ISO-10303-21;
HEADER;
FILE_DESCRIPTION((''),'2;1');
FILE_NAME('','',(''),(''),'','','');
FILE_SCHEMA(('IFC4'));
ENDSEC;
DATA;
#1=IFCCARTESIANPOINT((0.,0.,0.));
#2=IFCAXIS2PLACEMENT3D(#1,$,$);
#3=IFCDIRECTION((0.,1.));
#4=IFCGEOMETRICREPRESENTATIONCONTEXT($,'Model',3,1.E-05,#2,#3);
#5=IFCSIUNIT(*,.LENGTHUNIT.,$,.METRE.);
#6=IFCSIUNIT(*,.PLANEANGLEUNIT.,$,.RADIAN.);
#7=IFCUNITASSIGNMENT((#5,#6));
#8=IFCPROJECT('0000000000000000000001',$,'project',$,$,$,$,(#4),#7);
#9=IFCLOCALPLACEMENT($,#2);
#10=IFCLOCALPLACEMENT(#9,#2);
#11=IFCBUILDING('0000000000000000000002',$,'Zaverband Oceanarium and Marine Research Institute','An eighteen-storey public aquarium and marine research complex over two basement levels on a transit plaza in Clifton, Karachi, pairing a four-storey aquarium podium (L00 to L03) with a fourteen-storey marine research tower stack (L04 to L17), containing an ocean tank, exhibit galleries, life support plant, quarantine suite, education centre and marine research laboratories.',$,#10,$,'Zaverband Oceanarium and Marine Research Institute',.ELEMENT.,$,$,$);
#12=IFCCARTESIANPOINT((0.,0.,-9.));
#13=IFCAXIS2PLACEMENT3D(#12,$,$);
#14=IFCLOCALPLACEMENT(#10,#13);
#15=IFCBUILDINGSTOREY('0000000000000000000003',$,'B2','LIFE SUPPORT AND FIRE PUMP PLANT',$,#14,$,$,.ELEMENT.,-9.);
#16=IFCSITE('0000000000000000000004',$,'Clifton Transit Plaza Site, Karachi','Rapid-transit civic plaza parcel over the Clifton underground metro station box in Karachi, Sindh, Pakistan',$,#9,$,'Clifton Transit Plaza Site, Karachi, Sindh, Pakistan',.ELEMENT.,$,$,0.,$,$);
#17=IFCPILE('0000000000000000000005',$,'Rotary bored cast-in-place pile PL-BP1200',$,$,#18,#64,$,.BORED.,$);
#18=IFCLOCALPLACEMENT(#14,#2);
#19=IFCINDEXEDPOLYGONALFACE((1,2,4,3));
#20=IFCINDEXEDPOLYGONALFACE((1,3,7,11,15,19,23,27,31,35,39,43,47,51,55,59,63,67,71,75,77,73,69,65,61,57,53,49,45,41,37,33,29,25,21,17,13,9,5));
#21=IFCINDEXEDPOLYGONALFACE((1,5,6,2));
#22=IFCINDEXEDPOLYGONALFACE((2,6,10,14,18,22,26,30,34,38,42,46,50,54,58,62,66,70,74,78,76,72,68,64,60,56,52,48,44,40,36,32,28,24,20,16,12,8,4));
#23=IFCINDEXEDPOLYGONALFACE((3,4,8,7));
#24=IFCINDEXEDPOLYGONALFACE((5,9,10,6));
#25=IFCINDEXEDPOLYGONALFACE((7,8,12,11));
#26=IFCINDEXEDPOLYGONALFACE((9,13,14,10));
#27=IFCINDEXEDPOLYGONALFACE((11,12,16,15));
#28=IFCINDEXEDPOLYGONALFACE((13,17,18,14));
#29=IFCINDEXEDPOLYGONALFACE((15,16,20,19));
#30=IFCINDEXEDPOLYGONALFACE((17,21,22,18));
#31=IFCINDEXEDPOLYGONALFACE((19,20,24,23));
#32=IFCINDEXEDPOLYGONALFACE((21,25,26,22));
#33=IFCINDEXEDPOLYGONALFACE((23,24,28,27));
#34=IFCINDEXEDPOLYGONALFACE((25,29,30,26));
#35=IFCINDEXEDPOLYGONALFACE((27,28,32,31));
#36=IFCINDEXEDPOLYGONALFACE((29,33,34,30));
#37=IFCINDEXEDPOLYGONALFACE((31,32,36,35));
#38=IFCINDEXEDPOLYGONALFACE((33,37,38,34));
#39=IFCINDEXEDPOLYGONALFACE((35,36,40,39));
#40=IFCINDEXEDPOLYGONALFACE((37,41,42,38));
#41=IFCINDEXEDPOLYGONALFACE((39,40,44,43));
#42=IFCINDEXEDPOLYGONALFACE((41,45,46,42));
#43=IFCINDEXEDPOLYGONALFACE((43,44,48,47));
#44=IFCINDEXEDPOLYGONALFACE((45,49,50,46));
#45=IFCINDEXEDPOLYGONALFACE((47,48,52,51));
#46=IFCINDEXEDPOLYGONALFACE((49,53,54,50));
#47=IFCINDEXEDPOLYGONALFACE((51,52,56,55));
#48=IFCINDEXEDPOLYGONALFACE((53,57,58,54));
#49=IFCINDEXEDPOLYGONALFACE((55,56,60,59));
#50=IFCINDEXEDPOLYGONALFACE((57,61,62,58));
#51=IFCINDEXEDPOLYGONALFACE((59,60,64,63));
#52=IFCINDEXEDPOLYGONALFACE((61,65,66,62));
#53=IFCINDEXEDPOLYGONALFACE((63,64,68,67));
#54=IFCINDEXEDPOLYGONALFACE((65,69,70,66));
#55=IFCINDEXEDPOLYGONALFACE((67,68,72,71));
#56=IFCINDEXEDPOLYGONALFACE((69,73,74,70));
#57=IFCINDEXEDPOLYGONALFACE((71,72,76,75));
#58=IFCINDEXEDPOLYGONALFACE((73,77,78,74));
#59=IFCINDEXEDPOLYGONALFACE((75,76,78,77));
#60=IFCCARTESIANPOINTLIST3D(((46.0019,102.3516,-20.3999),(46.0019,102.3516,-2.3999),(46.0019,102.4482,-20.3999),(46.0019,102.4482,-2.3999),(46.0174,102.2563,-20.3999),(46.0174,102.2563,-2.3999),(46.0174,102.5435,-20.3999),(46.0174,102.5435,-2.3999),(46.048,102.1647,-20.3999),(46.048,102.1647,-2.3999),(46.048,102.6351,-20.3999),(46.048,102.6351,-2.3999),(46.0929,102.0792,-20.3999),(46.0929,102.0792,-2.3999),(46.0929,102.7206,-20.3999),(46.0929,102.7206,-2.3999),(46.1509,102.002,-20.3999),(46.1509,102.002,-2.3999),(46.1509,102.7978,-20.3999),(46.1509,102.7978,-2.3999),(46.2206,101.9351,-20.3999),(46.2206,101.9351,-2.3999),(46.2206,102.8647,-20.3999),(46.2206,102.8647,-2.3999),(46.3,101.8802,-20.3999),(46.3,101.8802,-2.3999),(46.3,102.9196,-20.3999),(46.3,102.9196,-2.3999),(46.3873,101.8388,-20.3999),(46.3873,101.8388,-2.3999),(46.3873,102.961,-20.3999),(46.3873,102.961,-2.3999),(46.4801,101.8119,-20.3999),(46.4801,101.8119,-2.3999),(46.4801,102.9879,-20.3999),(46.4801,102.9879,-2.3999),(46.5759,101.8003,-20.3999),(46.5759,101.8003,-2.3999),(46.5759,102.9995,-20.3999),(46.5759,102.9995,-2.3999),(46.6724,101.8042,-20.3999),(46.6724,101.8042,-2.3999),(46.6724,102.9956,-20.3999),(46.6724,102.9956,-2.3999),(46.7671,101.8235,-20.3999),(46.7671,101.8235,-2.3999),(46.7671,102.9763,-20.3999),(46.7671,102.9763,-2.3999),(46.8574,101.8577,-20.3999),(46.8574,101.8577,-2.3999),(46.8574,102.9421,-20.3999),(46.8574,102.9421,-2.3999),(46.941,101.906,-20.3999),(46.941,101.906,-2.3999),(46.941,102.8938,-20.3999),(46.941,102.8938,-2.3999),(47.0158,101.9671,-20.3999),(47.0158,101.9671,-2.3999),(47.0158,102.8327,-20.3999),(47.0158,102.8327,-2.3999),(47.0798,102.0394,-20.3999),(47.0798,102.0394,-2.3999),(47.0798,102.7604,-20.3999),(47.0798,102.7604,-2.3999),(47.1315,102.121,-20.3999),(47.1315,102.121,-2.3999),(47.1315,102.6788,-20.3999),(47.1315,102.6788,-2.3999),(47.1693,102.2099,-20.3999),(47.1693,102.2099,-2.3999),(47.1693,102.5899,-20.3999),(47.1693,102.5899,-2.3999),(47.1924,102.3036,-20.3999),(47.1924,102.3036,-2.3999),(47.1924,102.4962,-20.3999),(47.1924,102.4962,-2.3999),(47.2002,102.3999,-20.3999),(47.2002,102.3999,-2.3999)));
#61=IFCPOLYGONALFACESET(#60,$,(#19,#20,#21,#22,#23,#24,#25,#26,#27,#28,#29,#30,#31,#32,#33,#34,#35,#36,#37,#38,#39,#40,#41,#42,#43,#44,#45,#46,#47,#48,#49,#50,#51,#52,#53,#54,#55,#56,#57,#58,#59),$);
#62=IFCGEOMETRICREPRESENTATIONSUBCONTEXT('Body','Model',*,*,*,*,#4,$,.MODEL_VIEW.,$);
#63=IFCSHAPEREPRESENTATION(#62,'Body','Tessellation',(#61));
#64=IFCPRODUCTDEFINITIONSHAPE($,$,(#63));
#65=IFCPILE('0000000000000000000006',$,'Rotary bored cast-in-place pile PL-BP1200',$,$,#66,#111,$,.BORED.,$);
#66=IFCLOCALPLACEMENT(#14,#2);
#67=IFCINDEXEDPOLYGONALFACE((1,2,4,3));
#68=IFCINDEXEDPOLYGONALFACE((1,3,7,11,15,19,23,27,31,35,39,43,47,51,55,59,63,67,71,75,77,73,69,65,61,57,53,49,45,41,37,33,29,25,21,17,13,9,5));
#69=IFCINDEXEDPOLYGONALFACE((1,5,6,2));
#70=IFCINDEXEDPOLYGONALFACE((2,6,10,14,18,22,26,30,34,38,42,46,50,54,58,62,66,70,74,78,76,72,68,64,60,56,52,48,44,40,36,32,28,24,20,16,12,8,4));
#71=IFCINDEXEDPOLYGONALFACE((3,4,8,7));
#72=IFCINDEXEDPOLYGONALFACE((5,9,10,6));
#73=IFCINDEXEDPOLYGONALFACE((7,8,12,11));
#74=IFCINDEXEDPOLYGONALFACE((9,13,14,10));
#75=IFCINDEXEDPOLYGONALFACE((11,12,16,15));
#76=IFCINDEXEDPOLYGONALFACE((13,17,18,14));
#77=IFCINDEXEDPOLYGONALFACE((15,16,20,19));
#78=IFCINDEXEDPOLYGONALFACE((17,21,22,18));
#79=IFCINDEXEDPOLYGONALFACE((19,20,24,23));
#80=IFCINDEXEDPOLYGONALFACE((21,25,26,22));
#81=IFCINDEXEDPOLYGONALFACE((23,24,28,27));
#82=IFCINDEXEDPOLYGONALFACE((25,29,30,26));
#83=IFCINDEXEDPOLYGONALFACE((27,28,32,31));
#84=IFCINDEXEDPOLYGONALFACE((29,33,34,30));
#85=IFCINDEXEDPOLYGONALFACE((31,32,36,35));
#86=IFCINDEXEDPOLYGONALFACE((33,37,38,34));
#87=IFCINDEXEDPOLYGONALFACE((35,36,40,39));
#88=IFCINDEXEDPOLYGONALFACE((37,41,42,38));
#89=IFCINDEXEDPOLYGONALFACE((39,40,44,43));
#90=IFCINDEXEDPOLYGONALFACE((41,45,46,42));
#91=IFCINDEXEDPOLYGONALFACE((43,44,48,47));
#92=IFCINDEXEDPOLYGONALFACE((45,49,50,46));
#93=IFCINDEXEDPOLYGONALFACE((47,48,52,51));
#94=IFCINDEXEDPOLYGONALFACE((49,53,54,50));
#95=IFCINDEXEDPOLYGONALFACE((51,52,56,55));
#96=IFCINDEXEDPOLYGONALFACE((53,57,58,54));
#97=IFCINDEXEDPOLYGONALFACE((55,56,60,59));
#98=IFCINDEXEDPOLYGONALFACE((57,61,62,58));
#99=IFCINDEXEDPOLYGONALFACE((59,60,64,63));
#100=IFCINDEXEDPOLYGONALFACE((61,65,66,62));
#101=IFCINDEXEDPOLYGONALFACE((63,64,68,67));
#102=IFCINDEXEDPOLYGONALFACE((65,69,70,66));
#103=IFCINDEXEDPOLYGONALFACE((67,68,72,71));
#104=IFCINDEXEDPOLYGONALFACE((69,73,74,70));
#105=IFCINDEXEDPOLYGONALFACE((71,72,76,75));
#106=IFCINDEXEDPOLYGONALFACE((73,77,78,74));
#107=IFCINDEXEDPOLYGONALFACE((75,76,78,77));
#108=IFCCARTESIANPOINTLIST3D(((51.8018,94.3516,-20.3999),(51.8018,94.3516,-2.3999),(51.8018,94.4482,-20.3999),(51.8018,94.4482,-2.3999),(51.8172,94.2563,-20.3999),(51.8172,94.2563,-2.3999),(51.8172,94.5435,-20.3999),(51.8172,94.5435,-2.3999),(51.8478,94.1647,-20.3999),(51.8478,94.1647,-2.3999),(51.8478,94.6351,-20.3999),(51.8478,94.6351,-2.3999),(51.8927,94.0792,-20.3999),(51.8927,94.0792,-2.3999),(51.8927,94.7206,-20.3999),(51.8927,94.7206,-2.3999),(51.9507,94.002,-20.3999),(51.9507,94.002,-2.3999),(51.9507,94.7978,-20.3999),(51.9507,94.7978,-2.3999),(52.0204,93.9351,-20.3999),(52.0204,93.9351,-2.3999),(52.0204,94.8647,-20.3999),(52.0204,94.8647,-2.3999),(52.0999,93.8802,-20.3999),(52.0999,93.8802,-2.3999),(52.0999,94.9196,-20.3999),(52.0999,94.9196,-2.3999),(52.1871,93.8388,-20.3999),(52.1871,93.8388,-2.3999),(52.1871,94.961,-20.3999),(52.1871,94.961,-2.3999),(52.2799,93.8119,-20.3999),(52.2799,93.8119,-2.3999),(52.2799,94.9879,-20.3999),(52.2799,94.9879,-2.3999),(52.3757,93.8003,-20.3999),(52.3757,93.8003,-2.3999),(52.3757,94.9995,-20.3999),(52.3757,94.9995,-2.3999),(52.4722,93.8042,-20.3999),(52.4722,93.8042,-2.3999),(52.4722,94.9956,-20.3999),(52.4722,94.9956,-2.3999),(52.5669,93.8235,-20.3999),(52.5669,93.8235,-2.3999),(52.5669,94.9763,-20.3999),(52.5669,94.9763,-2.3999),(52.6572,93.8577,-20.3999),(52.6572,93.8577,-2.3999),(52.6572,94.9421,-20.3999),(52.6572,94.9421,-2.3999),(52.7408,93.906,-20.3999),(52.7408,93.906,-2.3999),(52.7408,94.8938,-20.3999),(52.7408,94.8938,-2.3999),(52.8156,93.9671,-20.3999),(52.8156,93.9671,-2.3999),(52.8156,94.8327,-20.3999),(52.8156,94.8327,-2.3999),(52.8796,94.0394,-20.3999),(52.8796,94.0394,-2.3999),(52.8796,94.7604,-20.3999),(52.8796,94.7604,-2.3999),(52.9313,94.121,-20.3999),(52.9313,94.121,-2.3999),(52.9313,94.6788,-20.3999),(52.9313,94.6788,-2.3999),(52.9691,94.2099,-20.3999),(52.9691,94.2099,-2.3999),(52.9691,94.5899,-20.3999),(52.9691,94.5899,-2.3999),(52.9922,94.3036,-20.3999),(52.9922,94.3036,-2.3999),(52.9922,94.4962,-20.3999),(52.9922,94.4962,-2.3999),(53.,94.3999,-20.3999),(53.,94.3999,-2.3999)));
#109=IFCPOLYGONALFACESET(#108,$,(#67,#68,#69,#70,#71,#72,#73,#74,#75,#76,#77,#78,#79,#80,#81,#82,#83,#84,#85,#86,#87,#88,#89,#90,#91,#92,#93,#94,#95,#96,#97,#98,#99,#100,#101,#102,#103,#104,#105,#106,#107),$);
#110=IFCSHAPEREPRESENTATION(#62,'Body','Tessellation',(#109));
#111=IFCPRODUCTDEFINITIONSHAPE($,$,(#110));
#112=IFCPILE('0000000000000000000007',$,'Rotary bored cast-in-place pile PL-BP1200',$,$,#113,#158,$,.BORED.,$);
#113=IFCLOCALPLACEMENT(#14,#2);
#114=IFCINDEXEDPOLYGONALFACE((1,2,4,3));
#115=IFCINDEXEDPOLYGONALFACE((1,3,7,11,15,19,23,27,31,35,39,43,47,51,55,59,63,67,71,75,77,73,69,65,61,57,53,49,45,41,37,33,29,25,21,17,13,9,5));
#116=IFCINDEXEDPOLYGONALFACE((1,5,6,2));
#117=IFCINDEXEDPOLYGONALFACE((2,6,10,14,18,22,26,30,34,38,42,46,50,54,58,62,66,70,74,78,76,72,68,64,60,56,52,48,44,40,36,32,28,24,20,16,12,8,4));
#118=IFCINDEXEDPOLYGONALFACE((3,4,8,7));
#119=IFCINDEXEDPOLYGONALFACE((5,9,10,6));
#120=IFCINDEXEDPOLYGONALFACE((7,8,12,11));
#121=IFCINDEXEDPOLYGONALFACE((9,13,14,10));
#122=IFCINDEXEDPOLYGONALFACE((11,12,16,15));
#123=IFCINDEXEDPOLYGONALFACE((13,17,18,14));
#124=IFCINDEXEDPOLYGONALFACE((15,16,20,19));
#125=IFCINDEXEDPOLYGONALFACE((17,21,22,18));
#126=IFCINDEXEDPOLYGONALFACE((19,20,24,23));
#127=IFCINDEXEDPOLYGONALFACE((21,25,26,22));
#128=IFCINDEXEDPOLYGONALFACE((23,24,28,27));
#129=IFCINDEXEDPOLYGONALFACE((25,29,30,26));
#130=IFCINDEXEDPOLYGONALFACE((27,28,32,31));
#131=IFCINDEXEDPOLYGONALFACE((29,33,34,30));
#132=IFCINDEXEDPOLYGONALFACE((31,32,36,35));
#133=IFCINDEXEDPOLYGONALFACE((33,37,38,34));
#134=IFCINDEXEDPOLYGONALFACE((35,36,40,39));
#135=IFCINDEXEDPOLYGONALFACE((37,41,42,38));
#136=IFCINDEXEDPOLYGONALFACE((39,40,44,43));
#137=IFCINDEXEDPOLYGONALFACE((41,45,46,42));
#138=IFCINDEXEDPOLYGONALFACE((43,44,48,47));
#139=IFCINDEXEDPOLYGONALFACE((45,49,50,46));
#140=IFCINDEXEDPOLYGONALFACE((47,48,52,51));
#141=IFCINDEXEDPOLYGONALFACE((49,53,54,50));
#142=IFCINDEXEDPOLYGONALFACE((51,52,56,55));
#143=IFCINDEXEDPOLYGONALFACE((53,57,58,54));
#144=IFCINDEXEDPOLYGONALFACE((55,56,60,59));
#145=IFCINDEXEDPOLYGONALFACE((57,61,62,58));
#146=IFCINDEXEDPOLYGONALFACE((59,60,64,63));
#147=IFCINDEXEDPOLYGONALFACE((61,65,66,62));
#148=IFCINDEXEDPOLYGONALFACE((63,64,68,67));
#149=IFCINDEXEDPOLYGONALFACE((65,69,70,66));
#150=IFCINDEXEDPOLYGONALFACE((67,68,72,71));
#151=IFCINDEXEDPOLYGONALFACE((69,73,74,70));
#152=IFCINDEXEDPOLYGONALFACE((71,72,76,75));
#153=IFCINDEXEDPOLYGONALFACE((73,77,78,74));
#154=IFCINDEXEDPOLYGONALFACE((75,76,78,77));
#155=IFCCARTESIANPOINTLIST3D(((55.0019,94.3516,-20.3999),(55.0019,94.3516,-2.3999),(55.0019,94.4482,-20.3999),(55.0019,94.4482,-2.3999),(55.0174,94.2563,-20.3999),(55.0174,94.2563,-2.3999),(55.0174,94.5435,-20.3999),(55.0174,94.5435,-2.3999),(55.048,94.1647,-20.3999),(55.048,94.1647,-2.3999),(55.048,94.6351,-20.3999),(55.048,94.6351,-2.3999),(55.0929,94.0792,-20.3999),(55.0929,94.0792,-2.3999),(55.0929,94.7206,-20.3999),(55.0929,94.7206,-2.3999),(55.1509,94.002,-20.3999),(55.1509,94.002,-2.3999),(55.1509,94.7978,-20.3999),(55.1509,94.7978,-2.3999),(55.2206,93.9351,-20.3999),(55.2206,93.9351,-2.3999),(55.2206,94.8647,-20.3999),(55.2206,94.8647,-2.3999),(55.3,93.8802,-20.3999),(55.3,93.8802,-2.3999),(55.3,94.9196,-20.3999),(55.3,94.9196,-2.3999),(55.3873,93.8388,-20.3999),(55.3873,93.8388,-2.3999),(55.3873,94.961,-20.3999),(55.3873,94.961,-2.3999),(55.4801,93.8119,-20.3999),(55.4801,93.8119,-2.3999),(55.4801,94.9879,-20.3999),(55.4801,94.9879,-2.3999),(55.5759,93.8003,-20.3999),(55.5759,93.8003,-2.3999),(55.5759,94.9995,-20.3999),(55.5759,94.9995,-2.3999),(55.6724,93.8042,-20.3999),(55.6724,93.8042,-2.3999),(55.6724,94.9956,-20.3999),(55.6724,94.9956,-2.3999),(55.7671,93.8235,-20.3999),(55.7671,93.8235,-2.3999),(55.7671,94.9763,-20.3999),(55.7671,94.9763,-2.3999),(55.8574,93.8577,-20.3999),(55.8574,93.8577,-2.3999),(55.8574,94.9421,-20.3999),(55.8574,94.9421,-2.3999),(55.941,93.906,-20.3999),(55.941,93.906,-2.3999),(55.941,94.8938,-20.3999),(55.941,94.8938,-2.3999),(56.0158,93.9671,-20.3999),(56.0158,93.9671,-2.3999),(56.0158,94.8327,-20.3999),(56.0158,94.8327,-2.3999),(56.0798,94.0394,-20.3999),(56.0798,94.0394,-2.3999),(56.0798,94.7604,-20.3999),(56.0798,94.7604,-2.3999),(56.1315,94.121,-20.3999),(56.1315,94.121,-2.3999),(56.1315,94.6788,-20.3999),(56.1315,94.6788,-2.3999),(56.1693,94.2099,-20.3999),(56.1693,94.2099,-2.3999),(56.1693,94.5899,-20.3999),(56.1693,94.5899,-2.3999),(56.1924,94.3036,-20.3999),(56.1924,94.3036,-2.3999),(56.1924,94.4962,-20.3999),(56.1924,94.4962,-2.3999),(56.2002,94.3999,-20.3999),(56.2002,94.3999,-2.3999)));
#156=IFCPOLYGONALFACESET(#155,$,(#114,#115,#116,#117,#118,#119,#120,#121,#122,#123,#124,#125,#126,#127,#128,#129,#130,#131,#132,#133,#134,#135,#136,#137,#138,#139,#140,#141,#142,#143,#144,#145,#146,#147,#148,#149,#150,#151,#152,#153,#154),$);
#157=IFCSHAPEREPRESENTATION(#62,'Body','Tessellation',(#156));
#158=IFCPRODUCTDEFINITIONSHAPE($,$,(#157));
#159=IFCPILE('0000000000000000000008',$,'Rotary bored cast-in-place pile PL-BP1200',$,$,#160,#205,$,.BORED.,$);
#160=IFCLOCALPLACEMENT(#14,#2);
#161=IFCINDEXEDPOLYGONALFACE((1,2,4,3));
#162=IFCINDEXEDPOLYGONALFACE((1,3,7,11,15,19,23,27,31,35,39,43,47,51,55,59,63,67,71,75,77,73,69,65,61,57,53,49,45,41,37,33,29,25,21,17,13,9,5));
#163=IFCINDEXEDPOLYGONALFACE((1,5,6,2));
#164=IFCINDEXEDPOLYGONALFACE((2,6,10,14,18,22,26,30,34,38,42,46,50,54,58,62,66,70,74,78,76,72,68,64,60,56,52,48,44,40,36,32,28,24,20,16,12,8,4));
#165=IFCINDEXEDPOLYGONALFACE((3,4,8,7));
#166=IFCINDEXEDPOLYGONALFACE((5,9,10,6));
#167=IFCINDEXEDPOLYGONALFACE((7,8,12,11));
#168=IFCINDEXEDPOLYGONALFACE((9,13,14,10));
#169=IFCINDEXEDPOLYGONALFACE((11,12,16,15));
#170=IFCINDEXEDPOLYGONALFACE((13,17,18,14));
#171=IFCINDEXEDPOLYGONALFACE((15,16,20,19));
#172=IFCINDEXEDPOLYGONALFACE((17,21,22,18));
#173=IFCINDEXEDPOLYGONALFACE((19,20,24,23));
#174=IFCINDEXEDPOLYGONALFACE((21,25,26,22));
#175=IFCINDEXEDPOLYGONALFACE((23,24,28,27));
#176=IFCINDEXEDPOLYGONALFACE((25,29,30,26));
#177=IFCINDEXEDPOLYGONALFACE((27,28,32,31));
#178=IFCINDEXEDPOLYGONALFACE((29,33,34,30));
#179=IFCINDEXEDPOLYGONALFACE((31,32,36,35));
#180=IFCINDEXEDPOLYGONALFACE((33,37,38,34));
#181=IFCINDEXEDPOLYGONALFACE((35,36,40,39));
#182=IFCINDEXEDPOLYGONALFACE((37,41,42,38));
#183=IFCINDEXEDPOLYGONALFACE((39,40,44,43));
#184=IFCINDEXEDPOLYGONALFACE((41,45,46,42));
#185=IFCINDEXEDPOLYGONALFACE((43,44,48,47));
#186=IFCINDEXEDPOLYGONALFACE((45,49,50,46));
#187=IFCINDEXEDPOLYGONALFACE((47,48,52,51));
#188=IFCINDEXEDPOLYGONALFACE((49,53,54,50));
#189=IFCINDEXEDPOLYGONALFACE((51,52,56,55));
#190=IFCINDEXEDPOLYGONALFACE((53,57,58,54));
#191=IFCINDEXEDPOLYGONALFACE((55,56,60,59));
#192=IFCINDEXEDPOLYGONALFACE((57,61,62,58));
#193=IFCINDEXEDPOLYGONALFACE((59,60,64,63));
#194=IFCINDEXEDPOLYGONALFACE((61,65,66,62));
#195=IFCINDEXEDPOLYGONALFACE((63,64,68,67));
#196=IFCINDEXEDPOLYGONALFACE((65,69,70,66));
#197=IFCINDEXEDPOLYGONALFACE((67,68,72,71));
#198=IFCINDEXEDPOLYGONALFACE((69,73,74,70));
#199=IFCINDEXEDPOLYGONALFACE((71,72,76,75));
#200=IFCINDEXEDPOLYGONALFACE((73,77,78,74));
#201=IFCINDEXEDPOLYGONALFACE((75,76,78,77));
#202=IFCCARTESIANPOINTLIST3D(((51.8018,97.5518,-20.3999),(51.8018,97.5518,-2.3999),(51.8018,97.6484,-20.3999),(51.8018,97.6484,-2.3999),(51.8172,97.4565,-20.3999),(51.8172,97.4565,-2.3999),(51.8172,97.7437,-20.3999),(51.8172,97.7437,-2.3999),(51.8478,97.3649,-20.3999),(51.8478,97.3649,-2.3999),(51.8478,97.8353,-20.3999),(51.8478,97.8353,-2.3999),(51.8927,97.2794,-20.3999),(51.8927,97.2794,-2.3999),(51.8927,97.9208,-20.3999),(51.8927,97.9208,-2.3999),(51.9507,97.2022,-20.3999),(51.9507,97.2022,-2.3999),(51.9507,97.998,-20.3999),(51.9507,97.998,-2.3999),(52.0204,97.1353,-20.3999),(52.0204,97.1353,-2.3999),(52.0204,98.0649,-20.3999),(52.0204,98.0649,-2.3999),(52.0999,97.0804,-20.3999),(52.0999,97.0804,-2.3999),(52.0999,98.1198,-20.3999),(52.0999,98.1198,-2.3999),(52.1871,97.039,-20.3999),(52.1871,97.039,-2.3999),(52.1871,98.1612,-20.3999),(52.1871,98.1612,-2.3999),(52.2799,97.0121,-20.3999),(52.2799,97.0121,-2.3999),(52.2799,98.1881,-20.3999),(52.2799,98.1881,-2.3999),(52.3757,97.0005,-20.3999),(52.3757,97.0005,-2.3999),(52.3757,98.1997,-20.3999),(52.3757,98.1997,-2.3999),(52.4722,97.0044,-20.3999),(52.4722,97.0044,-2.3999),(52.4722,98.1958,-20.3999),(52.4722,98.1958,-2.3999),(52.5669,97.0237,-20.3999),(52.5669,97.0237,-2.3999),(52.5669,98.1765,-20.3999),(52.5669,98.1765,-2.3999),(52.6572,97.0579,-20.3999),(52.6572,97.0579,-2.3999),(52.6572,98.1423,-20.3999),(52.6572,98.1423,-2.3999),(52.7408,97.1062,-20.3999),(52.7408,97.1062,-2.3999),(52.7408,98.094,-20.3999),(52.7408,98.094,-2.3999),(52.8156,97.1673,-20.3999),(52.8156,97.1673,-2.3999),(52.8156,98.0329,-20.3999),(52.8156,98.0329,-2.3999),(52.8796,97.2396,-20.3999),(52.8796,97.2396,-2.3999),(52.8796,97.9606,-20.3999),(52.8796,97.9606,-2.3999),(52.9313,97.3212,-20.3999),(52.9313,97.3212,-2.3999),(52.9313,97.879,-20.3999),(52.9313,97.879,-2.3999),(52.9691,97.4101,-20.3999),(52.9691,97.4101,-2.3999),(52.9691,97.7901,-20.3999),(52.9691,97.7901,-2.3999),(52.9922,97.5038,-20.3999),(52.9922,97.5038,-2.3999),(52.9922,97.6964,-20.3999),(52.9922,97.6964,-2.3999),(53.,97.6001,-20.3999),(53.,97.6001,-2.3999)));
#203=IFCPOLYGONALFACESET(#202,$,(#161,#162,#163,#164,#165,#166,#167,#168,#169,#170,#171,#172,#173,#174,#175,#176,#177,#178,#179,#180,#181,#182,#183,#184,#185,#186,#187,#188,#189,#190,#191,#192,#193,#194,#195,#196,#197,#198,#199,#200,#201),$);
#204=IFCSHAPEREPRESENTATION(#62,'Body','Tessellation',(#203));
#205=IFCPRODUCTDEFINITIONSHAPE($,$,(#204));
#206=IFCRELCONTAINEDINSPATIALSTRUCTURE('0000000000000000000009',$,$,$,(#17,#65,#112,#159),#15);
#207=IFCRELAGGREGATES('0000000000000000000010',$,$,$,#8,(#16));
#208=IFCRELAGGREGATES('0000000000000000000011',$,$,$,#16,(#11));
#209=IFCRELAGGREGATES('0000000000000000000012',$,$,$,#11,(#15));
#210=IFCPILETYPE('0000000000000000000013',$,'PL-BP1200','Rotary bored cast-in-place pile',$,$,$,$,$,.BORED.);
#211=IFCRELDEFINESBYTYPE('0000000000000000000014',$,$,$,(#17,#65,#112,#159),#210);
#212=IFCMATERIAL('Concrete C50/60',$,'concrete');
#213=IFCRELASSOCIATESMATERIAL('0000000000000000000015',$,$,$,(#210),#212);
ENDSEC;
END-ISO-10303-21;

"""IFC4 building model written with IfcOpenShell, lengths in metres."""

from ifc_helpers import new_model, si_unit, direction, frame, origin, origin_2d, place, context, subcontext, project, spatial, circle, extrude, material, material_profile, profile_set, type_object, element, save


model = new_model("IFC4")

# Units and contexts
model_context = context("Model", 3, precision=1e-05, world=origin(), true_north=direction((0.0, 1.0)))
body_context = subcontext(model_context, "Body", "Model", "MODEL_VIEW")
ifc_project = project(units=[si_unit("LENGTHUNIT", "METRE"), si_unit("PLANEANGLEUNIT", "RADIAN")], contexts=[model_context])

# Site, building, storey
site_placement = place(None, origin())
site = spatial("IfcSite", under=ifc_project, at=site_placement, Name="Clifton Transit Plaza Site, Karachi", Description="Rapid-transit civic plaza parcel over the Clifton underground metro station box in Karachi, Sindh, Pakistan", LongName="Clifton Transit Plaza Site, Karachi, Sindh, Pakistan", CompositionType="ELEMENT", RefElevation=0.0)
building_placement = place(site_placement, origin())
building = spatial("IfcBuilding", under=site, at=building_placement, Name="Zaverband Oceanarium and Marine Research Institute", Description="An eighteen-storey public aquarium and marine research complex over two basement levels on a transit plaza in Clifton, Karachi, pairing a four-storey aquarium podium (L00 to L03) with a fourteen-storey marine research tower stack (L04 to L17), containing an ocean tank, exhibit galleries, life support plant, quarantine suite, education centre and marine research laboratories.", LongName="Zaverband Oceanarium and Marine Research Institute", CompositionType="ELEMENT")
storey_placement = place(building_placement, frame((0.0, 0.0, -9.0)))
storey = spatial("IfcBuildingStorey", under=building, at=storey_placement, Name="B2", Description="LIFE SUPPORT AND FIRE PUMP PLANT", CompositionType="ELEMENT", Elevation=-9.0)

# Shared definitions
ifc_material_1 = material(Name="Concrete C50/60", Category="concrete")

# Piles
ifc_material_profile_1 = material_profile(ifc_material_1, circle(Radius=0.6001, at=origin_2d()), Name="BP1200")
ifc_profile_set_1 = profile_set([ifc_material_profile_1], Name="Concrete C50/60")
pile_type = type_object("IfcPileType", Name="PL-BP1200", Description="Rotary bored cast-in-place pile", PredefinedType="BORED", material=ifc_profile_set_1)
for number, where, z_axis, x_axis, name in (
    (1, (46.6001, 102.3999, -2.3999), (0.0, 0.0, -1.0), (1.0, 0.0, 0.0), "Rotary bored cast-in-place pile PL-BP1200"),
    (2, (52.3999, 94.3999, -2.3999), (0.0, 0.0, -1.0), (1.0, 0.0, 0.0), "Rotary bored cast-in-place pile PL-BP1200"),
    (3, (55.6001, 94.3999, -2.3999), (0.0, 0.0, -1.0), (1.0, 0.0, 0.0), "Rotary bored cast-in-place pile PL-BP1200"),
    (4, (52.3999, 97.6001, -2.3999), (0.0, 0.0, -1.0), (1.0, 0.0, 0.0), "Rotary bored cast-in-place pile PL-BP1200"),
):
    element("IfcPile", number, at=place(storey_placement, frame(where, z_axis=z_axis, x_axis=x_axis)), inside=storey, type_object=pile_type, Name=name, PredefinedType="BORED", context=body_context, shape_type="SweptSolid", body=[
        extrude(circle(Radius=0.6001, at=origin_2d()), origin(), (0.0, 0.0, 1.0), 18.0),
    ])

save(model, "model.ifc")
